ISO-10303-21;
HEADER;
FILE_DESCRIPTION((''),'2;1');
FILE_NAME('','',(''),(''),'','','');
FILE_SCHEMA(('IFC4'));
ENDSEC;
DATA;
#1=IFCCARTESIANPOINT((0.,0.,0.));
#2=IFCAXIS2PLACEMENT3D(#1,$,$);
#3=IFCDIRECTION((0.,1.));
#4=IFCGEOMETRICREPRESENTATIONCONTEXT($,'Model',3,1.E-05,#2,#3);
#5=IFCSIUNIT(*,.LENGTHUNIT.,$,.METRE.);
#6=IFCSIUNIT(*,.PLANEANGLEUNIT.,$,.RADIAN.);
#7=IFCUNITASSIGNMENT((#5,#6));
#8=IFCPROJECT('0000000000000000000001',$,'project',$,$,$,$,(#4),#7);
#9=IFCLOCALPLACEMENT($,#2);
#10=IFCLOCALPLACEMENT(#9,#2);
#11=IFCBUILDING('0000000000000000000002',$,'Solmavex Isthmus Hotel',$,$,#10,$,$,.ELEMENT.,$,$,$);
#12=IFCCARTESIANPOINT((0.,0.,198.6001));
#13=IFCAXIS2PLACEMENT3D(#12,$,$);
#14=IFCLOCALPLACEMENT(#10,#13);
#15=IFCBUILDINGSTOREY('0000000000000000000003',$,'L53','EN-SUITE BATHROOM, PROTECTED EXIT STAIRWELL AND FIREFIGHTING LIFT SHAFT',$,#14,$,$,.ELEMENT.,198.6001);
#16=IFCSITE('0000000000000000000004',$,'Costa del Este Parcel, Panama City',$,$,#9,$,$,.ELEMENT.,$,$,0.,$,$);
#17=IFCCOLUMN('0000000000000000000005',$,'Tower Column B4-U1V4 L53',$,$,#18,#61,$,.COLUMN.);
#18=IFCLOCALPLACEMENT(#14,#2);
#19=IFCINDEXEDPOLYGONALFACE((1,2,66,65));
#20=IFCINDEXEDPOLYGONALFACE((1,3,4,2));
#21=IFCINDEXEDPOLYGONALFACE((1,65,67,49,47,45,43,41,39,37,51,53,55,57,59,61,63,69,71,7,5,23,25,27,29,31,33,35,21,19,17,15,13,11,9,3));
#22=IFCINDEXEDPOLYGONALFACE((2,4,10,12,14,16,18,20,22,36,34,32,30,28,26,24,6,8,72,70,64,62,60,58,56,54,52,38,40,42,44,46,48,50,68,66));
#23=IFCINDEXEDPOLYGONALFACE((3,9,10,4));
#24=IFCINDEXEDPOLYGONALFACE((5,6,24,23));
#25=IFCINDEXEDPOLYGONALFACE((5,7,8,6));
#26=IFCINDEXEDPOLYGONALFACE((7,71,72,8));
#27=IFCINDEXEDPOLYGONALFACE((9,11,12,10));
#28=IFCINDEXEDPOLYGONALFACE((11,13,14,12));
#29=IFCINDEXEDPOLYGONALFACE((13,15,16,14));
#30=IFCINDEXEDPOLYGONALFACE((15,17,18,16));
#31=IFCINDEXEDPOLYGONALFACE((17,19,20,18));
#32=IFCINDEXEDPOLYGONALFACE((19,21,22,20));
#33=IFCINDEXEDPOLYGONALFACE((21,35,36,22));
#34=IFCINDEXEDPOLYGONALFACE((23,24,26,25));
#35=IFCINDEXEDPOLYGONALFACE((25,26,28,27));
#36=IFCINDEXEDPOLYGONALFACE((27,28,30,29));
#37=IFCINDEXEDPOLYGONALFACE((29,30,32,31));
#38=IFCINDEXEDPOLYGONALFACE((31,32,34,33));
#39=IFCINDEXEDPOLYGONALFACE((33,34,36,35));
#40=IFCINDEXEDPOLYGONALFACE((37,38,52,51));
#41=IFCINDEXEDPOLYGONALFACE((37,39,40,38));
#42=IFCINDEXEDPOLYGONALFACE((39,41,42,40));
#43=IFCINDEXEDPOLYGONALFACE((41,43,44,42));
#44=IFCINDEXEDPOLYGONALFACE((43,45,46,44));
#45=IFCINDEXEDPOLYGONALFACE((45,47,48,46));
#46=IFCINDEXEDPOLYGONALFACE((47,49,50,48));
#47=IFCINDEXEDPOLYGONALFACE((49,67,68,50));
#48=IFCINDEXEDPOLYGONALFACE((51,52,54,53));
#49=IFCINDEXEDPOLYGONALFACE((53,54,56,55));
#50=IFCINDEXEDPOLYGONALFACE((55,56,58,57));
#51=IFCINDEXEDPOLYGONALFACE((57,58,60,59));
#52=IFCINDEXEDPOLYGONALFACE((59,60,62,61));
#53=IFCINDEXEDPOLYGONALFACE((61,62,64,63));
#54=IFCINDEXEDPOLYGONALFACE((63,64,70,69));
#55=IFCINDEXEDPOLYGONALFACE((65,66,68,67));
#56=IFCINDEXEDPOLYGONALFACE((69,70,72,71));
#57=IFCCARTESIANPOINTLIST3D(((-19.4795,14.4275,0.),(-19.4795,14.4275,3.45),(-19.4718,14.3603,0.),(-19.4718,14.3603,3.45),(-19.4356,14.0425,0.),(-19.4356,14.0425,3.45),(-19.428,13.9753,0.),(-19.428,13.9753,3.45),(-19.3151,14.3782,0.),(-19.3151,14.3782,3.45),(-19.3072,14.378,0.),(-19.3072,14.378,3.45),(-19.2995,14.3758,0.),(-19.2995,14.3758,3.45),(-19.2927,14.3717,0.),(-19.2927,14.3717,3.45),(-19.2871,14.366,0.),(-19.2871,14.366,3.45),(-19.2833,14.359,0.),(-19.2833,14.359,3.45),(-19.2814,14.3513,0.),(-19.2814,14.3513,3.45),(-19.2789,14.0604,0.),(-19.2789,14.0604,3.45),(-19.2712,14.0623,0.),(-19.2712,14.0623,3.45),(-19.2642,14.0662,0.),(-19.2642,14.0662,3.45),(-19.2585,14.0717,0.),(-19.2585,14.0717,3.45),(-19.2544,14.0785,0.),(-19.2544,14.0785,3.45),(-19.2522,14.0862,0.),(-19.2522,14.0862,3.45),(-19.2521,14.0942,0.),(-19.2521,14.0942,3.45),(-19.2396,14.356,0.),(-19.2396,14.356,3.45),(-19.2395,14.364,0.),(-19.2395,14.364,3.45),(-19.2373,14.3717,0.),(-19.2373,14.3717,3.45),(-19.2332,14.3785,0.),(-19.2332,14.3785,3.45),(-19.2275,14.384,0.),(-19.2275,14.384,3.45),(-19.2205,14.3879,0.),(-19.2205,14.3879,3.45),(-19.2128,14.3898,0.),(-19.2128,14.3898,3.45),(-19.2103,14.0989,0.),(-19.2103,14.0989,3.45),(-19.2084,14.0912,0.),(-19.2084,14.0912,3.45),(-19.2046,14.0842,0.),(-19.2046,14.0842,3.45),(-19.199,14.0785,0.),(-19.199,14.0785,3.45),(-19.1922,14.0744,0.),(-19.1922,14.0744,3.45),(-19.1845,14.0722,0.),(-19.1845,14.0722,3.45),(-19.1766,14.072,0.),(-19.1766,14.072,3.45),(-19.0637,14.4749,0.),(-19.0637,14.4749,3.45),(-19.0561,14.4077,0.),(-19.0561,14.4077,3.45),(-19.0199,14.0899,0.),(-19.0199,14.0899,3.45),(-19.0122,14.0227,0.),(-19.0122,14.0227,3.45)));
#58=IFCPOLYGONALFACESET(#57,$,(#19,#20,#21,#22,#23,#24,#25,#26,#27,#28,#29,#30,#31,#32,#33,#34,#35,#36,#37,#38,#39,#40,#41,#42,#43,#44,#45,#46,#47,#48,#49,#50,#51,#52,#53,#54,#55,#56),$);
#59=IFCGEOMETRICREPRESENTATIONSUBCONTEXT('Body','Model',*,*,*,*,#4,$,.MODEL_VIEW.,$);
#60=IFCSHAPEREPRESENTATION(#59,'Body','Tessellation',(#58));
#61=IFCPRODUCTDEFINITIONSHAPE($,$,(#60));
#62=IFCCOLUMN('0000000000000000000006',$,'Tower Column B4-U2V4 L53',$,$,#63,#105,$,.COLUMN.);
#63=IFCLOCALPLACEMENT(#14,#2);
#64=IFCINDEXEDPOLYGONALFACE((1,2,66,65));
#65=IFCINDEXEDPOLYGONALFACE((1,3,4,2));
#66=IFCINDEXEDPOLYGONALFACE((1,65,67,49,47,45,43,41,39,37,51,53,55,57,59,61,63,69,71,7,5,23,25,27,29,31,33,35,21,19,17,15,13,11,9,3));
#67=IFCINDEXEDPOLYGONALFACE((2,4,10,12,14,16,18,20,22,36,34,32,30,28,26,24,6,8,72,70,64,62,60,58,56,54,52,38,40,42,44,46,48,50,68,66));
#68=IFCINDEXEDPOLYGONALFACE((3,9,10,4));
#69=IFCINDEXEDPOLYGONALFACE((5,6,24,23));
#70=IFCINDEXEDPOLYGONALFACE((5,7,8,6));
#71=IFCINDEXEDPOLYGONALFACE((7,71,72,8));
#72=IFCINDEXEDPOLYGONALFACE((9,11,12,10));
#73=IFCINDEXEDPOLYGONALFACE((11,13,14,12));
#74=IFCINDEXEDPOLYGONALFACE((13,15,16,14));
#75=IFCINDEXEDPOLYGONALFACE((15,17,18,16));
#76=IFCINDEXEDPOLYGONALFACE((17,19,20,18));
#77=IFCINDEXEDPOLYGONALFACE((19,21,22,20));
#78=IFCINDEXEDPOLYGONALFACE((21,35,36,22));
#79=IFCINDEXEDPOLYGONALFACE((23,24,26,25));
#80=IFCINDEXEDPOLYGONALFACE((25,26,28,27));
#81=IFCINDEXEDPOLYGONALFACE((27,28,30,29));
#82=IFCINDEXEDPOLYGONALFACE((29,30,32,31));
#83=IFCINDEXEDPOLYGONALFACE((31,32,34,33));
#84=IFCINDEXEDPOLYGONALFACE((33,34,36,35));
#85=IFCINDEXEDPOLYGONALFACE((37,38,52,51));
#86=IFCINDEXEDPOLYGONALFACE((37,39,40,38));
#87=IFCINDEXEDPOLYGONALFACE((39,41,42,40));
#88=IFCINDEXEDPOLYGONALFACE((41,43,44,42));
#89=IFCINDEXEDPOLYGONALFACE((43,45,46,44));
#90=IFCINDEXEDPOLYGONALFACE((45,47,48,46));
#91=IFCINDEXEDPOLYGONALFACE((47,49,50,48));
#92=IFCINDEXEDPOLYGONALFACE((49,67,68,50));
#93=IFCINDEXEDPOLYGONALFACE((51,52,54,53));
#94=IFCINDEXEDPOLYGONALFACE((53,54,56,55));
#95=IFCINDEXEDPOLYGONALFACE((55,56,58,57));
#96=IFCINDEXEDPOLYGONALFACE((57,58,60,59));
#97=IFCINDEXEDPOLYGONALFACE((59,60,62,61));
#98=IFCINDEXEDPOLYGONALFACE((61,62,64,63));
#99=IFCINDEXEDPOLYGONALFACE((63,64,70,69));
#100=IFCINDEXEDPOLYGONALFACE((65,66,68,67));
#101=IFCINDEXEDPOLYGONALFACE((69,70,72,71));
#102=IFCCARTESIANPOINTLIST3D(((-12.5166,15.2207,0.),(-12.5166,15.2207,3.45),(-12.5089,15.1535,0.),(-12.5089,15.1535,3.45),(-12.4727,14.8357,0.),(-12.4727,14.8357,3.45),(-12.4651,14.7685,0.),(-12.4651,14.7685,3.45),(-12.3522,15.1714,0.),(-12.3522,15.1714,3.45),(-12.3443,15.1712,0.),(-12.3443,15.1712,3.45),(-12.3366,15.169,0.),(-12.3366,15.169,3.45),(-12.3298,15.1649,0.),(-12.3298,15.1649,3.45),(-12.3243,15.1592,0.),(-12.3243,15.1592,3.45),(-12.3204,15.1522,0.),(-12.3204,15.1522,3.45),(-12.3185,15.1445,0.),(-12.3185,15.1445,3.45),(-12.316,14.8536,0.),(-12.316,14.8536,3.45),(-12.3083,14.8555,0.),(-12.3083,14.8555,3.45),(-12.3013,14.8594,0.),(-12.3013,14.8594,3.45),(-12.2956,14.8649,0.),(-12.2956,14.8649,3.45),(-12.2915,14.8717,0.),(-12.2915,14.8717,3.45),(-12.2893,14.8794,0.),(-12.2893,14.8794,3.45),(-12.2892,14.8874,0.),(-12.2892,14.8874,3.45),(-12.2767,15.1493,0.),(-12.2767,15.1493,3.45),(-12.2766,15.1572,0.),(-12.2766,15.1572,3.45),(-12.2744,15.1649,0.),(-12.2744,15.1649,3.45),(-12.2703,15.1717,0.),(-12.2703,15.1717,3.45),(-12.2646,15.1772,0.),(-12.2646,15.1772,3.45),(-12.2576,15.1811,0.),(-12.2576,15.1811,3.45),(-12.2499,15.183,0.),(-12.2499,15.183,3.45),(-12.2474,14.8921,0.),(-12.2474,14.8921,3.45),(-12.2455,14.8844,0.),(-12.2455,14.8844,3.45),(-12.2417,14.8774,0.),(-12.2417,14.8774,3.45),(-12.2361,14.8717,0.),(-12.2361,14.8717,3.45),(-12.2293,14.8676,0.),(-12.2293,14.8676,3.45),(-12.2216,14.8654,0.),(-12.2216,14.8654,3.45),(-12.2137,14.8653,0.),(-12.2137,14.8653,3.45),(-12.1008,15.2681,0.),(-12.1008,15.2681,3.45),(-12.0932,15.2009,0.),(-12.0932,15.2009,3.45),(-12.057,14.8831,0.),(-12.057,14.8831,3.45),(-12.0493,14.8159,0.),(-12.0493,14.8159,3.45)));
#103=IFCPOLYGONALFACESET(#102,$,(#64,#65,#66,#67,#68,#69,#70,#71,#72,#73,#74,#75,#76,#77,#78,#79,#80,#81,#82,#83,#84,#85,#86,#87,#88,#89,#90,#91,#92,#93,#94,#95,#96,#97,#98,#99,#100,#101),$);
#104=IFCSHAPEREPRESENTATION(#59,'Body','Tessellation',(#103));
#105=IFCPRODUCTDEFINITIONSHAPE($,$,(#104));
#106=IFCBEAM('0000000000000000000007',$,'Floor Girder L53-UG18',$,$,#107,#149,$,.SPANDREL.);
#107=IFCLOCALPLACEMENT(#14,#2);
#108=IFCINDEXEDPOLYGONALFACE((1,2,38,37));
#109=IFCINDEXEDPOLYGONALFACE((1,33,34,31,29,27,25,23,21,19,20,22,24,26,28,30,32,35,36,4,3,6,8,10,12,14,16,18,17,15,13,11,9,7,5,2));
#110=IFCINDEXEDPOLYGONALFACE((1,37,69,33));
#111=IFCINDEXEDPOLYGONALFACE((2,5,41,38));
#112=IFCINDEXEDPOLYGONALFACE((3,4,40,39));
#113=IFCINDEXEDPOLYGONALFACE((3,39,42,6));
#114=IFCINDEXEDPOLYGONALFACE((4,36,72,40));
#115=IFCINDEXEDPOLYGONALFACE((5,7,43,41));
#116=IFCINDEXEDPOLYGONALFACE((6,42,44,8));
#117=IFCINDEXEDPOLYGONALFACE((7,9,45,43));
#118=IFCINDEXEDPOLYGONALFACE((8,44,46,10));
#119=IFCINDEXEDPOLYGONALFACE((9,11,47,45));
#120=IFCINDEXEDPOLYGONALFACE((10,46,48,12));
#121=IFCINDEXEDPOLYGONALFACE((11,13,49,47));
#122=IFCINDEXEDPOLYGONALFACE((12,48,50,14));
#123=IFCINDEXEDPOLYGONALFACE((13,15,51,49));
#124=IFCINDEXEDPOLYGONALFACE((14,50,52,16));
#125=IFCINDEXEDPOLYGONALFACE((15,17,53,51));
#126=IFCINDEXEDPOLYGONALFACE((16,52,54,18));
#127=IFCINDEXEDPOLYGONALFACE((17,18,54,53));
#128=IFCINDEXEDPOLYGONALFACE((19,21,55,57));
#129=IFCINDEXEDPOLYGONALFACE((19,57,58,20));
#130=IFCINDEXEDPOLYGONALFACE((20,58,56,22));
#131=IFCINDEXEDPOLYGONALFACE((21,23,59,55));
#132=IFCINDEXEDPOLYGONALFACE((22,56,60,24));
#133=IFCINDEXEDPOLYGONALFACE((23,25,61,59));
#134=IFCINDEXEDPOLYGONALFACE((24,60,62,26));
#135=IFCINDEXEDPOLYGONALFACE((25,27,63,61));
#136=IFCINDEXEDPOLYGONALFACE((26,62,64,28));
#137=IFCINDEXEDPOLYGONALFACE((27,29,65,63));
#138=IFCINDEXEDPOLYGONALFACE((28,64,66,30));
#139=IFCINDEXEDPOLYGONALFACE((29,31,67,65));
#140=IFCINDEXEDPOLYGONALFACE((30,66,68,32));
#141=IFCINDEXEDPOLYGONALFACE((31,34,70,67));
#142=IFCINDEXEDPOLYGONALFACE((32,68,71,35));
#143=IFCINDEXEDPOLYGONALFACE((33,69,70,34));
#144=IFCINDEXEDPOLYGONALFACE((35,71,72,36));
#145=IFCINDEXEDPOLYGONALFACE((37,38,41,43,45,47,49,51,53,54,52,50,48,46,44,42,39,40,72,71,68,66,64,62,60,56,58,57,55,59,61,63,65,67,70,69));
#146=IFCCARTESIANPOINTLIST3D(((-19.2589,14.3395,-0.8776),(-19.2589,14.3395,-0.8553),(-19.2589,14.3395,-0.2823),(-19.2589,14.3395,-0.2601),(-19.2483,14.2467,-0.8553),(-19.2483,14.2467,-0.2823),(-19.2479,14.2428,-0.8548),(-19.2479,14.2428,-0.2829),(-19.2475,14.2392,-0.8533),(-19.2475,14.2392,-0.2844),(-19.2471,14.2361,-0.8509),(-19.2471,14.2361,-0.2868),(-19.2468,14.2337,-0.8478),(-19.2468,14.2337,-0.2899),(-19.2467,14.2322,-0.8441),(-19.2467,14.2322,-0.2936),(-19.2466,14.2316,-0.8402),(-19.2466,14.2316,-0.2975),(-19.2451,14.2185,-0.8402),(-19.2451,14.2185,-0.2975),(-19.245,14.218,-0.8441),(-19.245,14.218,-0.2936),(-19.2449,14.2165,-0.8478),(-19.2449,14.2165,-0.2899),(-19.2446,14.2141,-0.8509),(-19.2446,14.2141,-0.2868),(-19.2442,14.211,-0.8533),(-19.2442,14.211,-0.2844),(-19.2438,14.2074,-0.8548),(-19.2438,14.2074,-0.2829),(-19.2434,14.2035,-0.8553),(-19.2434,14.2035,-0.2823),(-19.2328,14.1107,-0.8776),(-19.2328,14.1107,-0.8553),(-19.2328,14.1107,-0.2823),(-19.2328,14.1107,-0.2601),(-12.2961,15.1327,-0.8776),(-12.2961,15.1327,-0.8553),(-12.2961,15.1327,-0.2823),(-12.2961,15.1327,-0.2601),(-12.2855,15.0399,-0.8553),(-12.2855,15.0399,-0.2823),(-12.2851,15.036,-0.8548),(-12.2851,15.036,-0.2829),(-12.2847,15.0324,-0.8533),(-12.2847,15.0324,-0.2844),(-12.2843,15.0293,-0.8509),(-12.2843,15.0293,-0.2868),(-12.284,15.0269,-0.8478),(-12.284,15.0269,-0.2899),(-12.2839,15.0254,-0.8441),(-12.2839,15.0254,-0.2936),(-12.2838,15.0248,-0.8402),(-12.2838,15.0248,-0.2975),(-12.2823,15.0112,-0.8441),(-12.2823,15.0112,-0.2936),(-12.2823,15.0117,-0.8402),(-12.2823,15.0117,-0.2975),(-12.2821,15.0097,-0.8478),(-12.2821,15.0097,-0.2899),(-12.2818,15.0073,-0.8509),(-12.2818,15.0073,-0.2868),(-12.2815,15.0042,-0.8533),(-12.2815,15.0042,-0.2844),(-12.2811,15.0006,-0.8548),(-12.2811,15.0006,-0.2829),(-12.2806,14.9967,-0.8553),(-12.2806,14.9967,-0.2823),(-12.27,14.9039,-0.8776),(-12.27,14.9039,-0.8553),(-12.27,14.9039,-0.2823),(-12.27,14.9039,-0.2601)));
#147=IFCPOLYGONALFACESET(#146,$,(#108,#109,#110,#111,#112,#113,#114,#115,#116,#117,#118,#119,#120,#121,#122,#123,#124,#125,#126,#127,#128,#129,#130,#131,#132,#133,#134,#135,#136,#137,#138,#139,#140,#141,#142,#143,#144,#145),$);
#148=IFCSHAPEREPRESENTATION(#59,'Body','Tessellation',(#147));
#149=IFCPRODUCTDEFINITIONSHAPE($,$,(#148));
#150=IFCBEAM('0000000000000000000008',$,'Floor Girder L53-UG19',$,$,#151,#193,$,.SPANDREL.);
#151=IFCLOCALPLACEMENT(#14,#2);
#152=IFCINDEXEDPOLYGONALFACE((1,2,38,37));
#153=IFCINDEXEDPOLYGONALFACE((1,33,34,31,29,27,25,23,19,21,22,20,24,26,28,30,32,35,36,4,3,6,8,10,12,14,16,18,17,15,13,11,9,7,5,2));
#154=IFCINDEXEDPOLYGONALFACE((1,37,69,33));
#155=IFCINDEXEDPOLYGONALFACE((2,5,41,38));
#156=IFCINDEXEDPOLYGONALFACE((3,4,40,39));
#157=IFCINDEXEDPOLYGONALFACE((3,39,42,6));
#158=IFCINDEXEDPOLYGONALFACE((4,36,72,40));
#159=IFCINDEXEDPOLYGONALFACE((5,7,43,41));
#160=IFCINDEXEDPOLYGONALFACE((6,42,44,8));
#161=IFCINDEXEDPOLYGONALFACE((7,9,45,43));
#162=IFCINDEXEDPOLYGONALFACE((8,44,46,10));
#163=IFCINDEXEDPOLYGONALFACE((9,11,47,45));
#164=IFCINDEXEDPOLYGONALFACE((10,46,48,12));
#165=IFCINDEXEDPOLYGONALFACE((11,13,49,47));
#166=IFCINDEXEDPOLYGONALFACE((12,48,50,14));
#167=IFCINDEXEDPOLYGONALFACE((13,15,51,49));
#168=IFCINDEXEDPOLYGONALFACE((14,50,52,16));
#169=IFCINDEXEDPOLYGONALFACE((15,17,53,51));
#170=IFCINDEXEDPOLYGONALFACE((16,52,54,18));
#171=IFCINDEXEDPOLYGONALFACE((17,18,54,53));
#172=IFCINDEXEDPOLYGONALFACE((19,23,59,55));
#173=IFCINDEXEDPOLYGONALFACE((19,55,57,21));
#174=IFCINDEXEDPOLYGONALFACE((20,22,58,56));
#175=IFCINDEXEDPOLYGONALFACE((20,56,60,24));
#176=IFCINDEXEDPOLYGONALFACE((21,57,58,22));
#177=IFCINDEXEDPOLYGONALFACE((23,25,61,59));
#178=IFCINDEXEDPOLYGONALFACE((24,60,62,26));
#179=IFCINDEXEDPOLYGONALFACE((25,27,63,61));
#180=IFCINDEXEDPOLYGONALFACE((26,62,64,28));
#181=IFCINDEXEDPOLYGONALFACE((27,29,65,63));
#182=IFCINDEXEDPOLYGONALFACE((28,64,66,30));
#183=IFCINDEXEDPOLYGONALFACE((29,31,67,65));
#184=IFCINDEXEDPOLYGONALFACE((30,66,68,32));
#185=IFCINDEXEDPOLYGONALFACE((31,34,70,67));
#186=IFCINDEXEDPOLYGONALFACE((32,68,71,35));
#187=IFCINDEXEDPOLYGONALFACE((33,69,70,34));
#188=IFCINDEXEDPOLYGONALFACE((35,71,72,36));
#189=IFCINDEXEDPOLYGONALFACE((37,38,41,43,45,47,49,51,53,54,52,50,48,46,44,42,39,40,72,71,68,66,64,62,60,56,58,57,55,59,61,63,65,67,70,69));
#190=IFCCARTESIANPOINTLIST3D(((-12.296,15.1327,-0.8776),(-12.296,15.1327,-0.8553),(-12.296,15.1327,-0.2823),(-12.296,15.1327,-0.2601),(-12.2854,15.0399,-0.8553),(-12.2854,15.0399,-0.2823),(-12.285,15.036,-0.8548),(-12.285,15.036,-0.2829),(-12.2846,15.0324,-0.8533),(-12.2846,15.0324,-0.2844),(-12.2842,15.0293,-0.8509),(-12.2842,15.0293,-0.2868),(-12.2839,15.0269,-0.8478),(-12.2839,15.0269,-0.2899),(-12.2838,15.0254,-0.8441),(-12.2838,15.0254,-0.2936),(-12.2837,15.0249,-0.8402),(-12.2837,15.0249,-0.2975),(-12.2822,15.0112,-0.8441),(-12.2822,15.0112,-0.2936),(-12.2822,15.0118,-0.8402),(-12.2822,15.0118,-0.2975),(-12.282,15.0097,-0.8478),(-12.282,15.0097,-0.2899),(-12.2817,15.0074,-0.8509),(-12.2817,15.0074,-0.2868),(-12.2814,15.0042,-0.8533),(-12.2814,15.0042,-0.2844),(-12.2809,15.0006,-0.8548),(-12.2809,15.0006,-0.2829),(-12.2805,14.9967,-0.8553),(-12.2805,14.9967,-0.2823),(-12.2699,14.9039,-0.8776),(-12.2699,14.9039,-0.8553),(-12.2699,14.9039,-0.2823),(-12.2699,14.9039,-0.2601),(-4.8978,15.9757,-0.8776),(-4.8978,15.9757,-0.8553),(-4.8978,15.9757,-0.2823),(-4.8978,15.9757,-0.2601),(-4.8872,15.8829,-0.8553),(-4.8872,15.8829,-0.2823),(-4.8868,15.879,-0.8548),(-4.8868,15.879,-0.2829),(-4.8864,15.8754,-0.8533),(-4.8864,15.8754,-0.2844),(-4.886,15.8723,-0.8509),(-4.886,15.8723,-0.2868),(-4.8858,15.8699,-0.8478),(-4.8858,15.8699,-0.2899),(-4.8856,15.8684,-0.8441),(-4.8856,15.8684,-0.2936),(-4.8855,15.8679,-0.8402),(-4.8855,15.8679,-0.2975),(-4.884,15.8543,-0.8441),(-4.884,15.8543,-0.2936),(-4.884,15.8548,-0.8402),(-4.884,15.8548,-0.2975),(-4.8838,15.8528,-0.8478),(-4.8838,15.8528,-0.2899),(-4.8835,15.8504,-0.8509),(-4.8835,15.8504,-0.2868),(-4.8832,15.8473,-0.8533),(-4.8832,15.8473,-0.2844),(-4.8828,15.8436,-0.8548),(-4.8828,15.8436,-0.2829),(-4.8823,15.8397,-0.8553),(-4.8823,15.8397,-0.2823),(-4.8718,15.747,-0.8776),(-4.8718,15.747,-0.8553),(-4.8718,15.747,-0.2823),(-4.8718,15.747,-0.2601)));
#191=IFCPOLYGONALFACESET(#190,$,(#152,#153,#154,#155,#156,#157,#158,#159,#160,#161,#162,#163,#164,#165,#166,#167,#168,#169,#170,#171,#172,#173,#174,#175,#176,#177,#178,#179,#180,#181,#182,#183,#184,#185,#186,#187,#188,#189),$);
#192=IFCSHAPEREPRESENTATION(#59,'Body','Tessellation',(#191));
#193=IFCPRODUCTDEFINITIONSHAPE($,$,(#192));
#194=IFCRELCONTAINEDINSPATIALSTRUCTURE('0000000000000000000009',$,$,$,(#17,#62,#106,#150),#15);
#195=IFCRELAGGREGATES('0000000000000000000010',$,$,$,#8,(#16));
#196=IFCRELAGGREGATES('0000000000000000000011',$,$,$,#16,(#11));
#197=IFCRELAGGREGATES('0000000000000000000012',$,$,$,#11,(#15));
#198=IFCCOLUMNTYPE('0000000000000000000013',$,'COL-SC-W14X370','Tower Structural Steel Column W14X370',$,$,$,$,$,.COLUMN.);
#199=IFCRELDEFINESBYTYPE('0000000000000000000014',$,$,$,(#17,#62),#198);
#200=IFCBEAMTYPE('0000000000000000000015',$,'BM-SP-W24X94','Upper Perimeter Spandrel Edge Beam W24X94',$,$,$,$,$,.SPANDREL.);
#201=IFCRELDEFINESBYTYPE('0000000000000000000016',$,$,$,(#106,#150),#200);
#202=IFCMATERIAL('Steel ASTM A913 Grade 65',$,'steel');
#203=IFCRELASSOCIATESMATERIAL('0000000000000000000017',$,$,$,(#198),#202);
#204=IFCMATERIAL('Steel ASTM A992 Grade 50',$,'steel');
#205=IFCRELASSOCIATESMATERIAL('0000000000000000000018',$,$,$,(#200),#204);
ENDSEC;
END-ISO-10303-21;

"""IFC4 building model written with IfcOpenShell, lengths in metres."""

from ifc_helpers import new_model, si_unit, direction, frame, origin, origin_2d, place, context, subcontext, project, spatial, i_section, extrude, material, material_profile, profile_set, type_object, element, save


model = new_model("IFC4")

# Units and contexts
model_context = context("Model", 3, precision=1e-05, world=origin(), true_north=direction((0.0, 1.0)))
body_context = subcontext(model_context, "Body", "Model", "MODEL_VIEW")
ifc_project = project(units=[si_unit("LENGTHUNIT", "METRE"), si_unit("PLANEANGLEUNIT", "RADIAN")], contexts=[model_context])

# Site, building, storey
site_placement = place(None, origin())
site = spatial("IfcSite", under=ifc_project, at=site_placement, Name="Costa del Este Parcel, Panama City", CompositionType="ELEMENT", RefElevation=0.0)
building_placement = place(site_placement, origin())
building = spatial("IfcBuilding", under=site, at=building_placement, Name="Solmavex Isthmus Hotel", CompositionType="ELEMENT")
storey_placement = place(building_placement, frame((0.0, 0.0, 198.6001)))
storey = spatial("IfcBuildingStorey", under=building, at=storey_placement, Name="L53", Description="EN-SUITE BATHROOM, PROTECTED EXIT STAIRWELL AND FIREFIGHTING LIFT SHAFT", CompositionType="ELEMENT", Elevation=198.6001)

# Columns
ifc_material_1 = material(Name="Steel ASTM A913 Grade 65", Category="steel")
ifc_material_profile_1 = material_profile(ifc_material_1, i_section(OverallWidth=0.4185, OverallDepth=0.4551, WebThickness=0.042, FlangeThickness=0.0676, FilletRadius=0.0305, at=origin_2d()), Name="W14X370")
ifc_profile_set_1 = profile_set([ifc_material_profile_1], Name="Steel ASTM A913 Grade 65")
column_type = type_object("IfcColumnType", Name="COL-SC-W14X370", Description="Tower Structural Steel Column W14X370", PredefinedType="COLUMN", material=ifc_profile_set_1)
for number, where, z_axis, x_axis, name in (
    (1, (-19.2458, 14.2251, 0.0), (0.0, 0.0, 1.0), (0.993572, 0.113203, 0.0), "Tower Column B4-U1V4 L53"),
    (2, (-12.283, 15.0183, 0.0), (0.0, 0.0, 1.0), (0.993572, 0.113203, 0.0), "Tower Column B4-U2V4 L53"),
):
    element("IfcColumn", number, at=place(storey_placement, frame(where, z_axis=z_axis, x_axis=x_axis)), inside=storey, type_object=column_type, Name=name, PredefinedType="COLUMN", context=body_context, shape_type="SweptSolid", body=[
        extrude(i_section(OverallWidth=0.4185, OverallDepth=0.4551, WebThickness=0.042, FlangeThickness=0.0676, FilletRadius=0.0305, at=origin_2d()), origin(), (0.0, 0.0, 1.0), 3.45),
    ])

# Beams
ifc_material_2 = material(Name="Steel ASTM A992 Grade 50", Category="steel")
ifc_material_profile_2 = material_profile(ifc_material_2, i_section(OverallWidth=0.2302, OverallDepth=0.6174, WebThickness=0.0132, FlangeThickness=0.0222, FilletRadius=0.0151, at=origin_2d()), Name="W24X94")
ifc_profile_set_2 = profile_set([ifc_material_profile_2], Name="Steel ASTM A992 Grade 50")
beam_type = type_object("IfcBeamType", Name="BM-SP-W24X94", Description="Upper Perimeter Spandrel Edge Beam W24X94", PredefinedType="SPANDREL", material=ifc_profile_set_2)
beam_1_placement = place(storey_placement, frame((-19.2458, 14.2251, -0.5688), z_axis=(0.993574, 0.113188, 0.0), x_axis=(-0.113188, 0.993574, 0.0)))
element("IfcBeam", 3, at=beam_1_placement, inside=storey, type_object=beam_type, Name="Floor Girder L53-UG18", PredefinedType="SPANDREL", context=body_context, shape_type="SweptSolid", body=[
    extrude(i_section(OverallWidth=0.2302, OverallDepth=0.6174, WebThickness=0.0132, FlangeThickness=0.0222, FilletRadius=0.0151, at=origin_2d()), origin(), (0.0, 0.0, 1.0), 7.0078),
])
beam_2_placement = place(storey_placement, frame((-12.283, 15.0183, -0.5688), z_axis=(0.99357, 0.113216, 0.0), x_axis=(-0.113216, 0.99357, 0.0)))
element("IfcBeam", 4, at=beam_2_placement, inside=storey, type_object=beam_type, Name="Floor Girder L53-UG19", PredefinedType="SPANDREL", context=body_context, shape_type="SweptSolid", body=[
    extrude(i_section(OverallWidth=0.2302, OverallDepth=0.6174, WebThickness=0.0132, FlangeThickness=0.0222, FilletRadius=0.0151, at=origin_2d()), origin(), (0.0, 0.0, 1.0), 7.446),
])

save(model, "model.ifc")
